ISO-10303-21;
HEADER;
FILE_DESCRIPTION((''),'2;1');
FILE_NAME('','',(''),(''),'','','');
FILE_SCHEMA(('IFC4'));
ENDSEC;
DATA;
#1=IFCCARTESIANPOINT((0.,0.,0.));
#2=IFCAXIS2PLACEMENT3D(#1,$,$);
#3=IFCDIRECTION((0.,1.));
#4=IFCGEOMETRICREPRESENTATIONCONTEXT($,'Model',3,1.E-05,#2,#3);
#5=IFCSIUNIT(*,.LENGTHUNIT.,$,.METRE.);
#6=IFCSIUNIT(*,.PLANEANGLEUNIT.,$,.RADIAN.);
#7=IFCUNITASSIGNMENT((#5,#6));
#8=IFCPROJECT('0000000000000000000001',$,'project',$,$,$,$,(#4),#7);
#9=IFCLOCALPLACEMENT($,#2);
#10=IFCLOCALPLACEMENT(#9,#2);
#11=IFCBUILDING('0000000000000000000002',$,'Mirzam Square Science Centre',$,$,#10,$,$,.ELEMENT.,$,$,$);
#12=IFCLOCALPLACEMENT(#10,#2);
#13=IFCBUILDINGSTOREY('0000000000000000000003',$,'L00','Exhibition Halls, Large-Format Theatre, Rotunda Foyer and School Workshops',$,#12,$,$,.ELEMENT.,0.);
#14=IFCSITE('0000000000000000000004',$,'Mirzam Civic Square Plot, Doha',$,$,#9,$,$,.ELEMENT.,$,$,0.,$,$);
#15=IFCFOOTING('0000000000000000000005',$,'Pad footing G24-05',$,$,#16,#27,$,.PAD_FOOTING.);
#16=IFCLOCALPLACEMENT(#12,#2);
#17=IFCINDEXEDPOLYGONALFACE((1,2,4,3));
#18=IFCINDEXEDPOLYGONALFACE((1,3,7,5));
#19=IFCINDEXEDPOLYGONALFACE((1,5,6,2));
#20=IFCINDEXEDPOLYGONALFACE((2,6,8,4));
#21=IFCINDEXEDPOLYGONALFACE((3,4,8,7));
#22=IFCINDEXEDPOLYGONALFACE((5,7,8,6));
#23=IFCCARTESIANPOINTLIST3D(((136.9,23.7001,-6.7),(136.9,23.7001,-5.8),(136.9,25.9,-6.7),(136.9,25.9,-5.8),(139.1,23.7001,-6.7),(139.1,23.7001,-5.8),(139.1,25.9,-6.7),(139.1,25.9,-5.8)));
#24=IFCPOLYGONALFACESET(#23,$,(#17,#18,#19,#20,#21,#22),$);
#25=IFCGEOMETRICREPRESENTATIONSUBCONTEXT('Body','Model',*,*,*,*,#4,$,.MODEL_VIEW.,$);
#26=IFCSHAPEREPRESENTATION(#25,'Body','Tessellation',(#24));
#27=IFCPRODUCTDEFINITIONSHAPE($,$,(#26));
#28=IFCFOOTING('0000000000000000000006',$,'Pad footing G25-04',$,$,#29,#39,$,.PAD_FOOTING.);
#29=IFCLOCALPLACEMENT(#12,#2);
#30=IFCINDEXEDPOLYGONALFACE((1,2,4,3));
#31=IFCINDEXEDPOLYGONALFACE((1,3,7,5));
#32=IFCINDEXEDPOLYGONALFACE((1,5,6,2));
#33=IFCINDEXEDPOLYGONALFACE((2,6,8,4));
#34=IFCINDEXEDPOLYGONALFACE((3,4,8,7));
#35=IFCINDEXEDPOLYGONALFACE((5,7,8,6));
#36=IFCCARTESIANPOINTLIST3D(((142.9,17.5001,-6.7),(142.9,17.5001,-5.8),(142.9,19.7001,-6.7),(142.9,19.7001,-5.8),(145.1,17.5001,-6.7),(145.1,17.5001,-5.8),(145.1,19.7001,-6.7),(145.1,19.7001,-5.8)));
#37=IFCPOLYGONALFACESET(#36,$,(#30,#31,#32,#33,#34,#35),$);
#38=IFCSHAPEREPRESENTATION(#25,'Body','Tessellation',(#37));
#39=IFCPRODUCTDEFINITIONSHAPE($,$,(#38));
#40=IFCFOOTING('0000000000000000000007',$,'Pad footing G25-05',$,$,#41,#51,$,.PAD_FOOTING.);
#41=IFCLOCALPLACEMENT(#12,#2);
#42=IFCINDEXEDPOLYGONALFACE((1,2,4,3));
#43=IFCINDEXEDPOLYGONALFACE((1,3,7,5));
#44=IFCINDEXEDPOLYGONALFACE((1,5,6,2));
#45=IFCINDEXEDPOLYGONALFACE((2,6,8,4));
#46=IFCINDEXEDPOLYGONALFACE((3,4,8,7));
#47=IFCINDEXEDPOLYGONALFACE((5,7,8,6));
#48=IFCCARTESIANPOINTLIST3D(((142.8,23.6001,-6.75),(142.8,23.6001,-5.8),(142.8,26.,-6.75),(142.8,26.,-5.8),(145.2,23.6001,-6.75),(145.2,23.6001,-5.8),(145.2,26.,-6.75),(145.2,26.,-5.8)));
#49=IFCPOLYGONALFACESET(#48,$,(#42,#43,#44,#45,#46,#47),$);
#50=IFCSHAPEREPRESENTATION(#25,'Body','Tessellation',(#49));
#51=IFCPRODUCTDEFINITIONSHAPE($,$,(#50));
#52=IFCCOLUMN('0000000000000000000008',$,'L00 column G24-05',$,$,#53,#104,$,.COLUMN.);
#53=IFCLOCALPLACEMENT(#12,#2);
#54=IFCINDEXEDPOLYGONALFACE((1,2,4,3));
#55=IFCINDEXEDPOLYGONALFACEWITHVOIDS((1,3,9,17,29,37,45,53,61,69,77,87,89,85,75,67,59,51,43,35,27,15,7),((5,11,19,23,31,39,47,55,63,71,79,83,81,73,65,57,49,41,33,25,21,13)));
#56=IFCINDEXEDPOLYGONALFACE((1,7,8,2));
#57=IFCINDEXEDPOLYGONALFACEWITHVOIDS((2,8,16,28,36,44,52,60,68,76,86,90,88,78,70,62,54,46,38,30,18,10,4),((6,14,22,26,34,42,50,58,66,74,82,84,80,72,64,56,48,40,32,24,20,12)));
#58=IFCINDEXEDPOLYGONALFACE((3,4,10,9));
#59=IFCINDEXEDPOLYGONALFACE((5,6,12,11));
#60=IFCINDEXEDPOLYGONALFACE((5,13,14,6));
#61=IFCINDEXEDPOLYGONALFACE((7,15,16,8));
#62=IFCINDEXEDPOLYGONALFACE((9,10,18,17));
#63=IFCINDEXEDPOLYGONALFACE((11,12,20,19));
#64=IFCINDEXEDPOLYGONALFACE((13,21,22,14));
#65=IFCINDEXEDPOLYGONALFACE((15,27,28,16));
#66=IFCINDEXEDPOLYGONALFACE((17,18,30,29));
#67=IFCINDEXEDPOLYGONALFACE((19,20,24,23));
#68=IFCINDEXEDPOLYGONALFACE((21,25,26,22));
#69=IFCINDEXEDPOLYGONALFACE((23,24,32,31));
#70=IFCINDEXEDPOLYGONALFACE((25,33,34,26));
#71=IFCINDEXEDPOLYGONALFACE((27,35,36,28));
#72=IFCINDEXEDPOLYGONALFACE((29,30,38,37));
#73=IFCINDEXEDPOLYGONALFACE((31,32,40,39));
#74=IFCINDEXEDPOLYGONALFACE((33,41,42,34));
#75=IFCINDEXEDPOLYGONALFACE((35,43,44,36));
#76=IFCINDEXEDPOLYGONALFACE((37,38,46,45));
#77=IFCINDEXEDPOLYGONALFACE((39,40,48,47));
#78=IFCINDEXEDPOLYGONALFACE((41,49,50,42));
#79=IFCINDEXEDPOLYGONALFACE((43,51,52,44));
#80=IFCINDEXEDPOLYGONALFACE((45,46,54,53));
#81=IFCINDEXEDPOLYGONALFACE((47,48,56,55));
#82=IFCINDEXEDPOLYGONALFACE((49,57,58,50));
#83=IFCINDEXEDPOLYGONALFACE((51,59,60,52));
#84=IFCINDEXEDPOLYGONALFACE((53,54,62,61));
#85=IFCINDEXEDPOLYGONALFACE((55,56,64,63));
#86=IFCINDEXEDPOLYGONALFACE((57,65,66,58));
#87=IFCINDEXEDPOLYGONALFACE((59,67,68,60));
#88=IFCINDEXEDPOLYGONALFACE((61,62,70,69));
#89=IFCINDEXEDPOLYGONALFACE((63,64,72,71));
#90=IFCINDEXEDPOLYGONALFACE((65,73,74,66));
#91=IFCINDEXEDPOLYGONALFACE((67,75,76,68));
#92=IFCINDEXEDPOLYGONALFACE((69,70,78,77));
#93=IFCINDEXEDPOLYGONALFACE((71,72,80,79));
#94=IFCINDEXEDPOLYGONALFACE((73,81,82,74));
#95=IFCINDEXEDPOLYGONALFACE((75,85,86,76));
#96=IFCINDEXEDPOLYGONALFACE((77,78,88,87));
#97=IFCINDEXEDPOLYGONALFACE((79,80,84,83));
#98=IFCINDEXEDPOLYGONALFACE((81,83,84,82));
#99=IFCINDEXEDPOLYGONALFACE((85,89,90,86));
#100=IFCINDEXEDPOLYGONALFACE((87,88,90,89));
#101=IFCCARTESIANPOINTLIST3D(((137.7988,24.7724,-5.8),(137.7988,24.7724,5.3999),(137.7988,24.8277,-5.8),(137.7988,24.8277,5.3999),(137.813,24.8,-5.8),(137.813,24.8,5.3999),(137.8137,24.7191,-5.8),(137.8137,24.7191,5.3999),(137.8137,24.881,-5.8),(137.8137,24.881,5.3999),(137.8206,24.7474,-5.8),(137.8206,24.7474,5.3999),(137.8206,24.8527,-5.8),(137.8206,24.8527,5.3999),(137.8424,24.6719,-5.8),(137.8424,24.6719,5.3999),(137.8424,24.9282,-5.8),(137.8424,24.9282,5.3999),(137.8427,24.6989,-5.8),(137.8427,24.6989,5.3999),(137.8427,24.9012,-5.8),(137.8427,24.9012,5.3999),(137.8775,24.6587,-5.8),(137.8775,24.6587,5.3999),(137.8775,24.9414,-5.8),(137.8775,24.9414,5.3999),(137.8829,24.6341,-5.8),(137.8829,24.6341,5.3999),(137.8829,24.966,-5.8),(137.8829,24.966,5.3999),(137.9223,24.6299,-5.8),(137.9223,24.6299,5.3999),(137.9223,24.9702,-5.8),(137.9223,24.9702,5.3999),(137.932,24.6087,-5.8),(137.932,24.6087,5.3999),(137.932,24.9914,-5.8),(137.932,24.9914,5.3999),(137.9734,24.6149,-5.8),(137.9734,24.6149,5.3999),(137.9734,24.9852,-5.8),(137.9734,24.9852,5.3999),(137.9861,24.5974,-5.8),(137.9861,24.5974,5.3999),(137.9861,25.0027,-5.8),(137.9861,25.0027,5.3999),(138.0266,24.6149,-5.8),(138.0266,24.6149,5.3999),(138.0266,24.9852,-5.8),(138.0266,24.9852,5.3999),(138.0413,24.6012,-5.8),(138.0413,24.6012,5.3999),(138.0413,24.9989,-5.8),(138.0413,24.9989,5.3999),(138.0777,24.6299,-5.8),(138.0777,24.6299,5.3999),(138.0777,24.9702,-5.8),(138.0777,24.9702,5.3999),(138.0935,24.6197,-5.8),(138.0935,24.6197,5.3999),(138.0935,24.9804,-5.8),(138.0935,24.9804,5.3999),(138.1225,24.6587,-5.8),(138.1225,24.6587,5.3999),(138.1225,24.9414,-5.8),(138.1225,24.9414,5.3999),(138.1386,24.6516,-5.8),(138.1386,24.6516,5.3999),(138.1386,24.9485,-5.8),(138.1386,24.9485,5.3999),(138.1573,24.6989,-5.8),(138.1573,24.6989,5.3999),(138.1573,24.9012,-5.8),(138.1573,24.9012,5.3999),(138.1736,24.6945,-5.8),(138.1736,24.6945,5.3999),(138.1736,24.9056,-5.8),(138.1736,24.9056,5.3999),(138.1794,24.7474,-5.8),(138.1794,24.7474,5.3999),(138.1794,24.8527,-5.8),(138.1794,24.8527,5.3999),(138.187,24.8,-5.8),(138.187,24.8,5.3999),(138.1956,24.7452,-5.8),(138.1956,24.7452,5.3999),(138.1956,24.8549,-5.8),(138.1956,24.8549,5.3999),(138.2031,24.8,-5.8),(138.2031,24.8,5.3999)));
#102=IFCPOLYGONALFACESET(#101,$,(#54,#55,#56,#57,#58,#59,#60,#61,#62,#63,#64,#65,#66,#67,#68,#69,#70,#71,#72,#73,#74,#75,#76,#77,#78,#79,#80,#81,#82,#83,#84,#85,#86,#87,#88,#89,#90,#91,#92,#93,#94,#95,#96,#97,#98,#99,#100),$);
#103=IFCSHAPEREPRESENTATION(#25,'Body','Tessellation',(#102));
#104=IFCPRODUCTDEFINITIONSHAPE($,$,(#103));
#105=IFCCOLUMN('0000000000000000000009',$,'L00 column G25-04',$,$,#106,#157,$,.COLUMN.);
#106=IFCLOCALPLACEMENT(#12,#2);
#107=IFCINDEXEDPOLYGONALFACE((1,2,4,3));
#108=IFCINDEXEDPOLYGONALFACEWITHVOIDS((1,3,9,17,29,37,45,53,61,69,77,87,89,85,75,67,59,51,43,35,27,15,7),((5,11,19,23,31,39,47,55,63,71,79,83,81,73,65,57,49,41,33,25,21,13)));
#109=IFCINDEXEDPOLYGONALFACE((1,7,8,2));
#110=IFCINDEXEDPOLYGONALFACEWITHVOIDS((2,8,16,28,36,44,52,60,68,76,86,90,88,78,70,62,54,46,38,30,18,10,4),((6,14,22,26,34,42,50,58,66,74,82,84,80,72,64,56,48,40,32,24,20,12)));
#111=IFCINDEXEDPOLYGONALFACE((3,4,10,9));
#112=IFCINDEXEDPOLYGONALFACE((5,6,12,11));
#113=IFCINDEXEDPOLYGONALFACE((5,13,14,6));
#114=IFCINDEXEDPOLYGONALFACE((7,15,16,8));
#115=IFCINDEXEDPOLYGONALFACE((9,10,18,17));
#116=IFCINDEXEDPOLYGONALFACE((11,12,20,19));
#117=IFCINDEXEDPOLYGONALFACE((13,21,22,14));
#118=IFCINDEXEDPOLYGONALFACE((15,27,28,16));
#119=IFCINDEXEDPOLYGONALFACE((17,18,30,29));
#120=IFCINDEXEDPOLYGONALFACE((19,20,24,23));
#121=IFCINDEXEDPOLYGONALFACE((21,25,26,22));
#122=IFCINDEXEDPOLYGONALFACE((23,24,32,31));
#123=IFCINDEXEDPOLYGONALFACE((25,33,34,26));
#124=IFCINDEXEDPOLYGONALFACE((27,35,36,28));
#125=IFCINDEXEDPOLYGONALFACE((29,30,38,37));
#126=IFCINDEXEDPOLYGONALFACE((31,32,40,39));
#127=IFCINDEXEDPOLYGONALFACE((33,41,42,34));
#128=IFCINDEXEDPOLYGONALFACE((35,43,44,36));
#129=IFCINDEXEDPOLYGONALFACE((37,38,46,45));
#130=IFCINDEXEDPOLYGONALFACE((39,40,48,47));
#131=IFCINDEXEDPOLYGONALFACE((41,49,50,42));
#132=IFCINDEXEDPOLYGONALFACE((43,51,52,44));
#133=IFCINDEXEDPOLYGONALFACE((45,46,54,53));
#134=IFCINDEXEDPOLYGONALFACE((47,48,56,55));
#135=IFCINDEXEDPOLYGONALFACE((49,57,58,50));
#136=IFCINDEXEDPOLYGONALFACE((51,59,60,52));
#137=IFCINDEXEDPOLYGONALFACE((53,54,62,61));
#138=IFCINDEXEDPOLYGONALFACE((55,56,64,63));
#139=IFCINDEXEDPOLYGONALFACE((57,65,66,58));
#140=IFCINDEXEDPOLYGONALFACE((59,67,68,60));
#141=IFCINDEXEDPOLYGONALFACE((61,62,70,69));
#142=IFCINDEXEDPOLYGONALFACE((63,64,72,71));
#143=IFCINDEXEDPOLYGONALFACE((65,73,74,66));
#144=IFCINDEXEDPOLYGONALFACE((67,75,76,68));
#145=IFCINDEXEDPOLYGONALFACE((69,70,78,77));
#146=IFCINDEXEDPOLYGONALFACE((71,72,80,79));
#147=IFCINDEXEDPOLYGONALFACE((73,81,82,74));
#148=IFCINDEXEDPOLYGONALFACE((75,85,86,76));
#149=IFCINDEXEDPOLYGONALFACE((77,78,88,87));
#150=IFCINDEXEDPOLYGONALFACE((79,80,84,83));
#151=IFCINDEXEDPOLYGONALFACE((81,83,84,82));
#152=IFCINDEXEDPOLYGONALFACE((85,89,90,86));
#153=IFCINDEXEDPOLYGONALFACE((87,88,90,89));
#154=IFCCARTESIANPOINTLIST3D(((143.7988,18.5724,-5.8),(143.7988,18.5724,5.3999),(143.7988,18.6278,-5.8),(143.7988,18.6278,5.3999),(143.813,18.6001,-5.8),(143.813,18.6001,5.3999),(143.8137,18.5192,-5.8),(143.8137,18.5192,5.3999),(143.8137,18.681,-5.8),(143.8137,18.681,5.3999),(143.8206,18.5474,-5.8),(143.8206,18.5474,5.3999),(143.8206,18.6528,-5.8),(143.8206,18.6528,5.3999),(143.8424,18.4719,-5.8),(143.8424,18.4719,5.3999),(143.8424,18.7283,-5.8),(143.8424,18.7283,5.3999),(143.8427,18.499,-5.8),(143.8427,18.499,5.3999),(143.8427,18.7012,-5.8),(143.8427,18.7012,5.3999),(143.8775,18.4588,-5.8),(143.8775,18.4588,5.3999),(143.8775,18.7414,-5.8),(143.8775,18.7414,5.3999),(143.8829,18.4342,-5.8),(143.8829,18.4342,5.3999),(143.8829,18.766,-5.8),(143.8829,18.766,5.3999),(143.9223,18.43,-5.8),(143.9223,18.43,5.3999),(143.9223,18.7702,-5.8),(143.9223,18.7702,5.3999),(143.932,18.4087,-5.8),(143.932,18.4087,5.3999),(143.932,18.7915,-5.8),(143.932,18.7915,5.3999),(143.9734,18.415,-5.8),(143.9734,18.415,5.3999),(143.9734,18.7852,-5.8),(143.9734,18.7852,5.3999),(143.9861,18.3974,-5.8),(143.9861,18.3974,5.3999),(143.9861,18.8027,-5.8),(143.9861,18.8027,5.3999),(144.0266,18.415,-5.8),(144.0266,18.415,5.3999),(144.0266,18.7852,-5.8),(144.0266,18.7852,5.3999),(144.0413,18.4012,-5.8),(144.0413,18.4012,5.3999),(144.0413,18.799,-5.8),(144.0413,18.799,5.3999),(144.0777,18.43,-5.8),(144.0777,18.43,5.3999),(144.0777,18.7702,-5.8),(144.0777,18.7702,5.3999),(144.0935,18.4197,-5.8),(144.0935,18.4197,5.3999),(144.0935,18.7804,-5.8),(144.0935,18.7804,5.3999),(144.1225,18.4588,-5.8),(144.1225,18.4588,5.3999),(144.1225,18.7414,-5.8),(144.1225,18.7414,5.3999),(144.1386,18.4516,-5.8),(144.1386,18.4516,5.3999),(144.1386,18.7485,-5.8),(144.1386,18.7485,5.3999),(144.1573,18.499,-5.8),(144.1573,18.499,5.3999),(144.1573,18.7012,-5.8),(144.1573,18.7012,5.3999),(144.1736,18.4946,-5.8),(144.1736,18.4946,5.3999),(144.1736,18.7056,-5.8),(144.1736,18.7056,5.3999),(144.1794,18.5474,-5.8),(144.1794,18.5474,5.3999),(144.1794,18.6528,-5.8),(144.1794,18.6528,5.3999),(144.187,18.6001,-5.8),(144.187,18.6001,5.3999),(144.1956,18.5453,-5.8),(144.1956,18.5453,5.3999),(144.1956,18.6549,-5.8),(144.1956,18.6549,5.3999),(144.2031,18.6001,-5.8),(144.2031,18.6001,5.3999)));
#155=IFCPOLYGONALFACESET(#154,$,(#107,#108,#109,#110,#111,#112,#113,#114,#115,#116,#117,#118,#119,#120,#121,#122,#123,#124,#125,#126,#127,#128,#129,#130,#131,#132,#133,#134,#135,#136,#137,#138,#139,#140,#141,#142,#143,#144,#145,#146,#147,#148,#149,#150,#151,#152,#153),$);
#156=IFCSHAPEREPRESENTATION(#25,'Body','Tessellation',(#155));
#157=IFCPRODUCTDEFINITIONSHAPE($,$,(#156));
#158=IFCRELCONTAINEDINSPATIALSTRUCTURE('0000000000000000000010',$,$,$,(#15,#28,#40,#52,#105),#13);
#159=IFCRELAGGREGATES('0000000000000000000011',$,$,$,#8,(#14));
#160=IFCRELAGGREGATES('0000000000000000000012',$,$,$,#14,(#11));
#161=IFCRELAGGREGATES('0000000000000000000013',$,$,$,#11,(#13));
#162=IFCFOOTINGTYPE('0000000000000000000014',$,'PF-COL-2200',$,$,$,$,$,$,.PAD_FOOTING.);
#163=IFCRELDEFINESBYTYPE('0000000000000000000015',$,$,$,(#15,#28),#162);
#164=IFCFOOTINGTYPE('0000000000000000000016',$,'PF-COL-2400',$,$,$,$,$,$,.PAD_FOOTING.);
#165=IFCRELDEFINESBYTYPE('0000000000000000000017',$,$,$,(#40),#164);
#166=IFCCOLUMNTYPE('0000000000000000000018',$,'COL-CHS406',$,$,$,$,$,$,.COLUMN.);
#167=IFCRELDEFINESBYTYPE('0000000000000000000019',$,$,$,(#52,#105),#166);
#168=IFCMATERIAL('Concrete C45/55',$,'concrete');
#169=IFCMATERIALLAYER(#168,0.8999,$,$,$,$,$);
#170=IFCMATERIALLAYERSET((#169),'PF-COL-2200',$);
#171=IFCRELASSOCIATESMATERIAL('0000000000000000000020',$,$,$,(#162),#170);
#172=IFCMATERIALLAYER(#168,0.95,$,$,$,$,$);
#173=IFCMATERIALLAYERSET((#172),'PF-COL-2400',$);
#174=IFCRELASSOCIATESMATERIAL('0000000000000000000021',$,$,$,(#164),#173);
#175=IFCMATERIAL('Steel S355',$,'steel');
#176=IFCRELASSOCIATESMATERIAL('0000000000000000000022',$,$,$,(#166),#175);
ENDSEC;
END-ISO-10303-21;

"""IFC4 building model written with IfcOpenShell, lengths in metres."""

from ifc_helpers import new_model, si_unit, direction, frame, origin, origin_2d, place, context, subcontext, project, spatial, rectangle, hollow_circle, extrude, material, layer, layer_set, material_profile, profile_set, type_object, element, save


model = new_model("IFC4")

# Units and contexts
model_context = context("Model", 3, precision=1e-05, world=origin(), true_north=direction((0.0, 1.0)))
body_context = subcontext(model_context, "Body", "Model", "MODEL_VIEW")
ifc_project = project(units=[si_unit("LENGTHUNIT", "METRE"), si_unit("PLANEANGLEUNIT", "RADIAN")], contexts=[model_context])

# Site, building, storey
site_placement = place(None, origin())
site = spatial("IfcSite", under=ifc_project, at=site_placement, Name="Mirzam Civic Square Plot, Doha", CompositionType="ELEMENT", RefElevation=0.0)
building_placement = place(site_placement, origin())
building = spatial("IfcBuilding", under=site, at=building_placement, Name="Mirzam Square Science Centre", CompositionType="ELEMENT")
storey_placement = place(building_placement, origin())
storey = spatial("IfcBuildingStorey", under=building, at=storey_placement, Name="L00", Description="Exhibition Halls, Large-Format Theatre, Rotunda Foyer and School Workshops", CompositionType="ELEMENT", Elevation=0.0)

# Footings
ifc_material_1 = material(Name="Concrete C45/55", Category="concrete")
ifc_layer_1 = layer(ifc_material_1, 0.8999)
ifc_layer_set_1 = layer_set([ifc_layer_1], Name="PF-COL-2200")
footing_type_1 = type_object("IfcFootingType", Name="PF-COL-2200", PredefinedType="PAD_FOOTING", material=ifc_layer_set_1)
for number, where, z_axis, x_axis, name in (
    (1, (138.0, 24.8, -6.7), (0.0, 0.0, 1.0), (1.0, 0.0, 0.0), "Pad footing G24-05"),
    (2, (144.0, 18.6001, -6.7), (0.0, 0.0, 1.0), (1.0, 0.0, 0.0), "Pad footing G25-04"),
):
    element("IfcFooting", number, at=place(storey_placement, frame(where, z_axis=z_axis, x_axis=x_axis)), inside=storey, type_object=footing_type_1, Name=name, PredefinedType="PAD_FOOTING", context=body_context, shape_type="SweptSolid", body=[
        extrude(rectangle(XDim=2.2, YDim=2.2, at=origin_2d()), origin(), (0.0, 0.0, 1.0), 0.8999),
    ])
ifc_layer_2 = layer(ifc_material_1, 0.95)
ifc_layer_set_2 = layer_set([ifc_layer_2], Name="PF-COL-2400")
footing_type_2 = type_object("IfcFootingType", Name="PF-COL-2400", PredefinedType="PAD_FOOTING", material=ifc_layer_set_2)
footing_placement = place(storey_placement, frame((144.0, 24.8, -6.75), z_axis=(0.0, 0.0, 1.0), x_axis=(1.0, 0.0, 0.0)))
element("IfcFooting", 3, at=footing_placement, inside=storey, type_object=footing_type_2, Name="Pad footing G25-05", PredefinedType="PAD_FOOTING", context=body_context, shape_type="SweptSolid", body=[
    extrude(rectangle(XDim=2.3999, YDim=2.3999, at=origin_2d()), origin(), (0.0, 0.0, 1.0), 0.95),
])

# Columns
ifc_material_2 = material(Name="Steel S355", Category="steel")
ifc_material_profile_1 = material_profile(ifc_material_2, hollow_circle(Radius=0.2031, WallThickness=0.0161, at=origin_2d()), Name="406.4x16.0CHS")
ifc_profile_set_1 = profile_set([ifc_material_profile_1], Name="Steel S355")
column_type_1 = type_object("IfcColumnType", Name="COL-CHS406", PredefinedType="COLUMN", material=ifc_profile_set_1)
for number, where, z_axis, x_axis, name in (
    (4, (138.0, 24.8, -5.8), (0.0, 0.0, 1.0), (1.0, 0.0, 0.0), "L00 column G24-05"),
    (5, (144.0, 18.6001, -5.8), (0.0, 0.0, 1.0), (1.0, 0.0, 0.0), "L00 column G25-04"),
):
    element("IfcColumn", number, at=place(storey_placement, frame(where, z_axis=z_axis, x_axis=x_axis)), inside=storey, type_object=column_type_1, Name=name, PredefinedType="COLUMN", context=body_context, shape_type="SweptSolid", body=[
        extrude(hollow_circle(Radius=0.2031, WallThickness=0.0161, at=origin_2d()), origin(), (0.0, 0.0, 1.0), 11.2),
    ])

save(model, "model.ifc")
